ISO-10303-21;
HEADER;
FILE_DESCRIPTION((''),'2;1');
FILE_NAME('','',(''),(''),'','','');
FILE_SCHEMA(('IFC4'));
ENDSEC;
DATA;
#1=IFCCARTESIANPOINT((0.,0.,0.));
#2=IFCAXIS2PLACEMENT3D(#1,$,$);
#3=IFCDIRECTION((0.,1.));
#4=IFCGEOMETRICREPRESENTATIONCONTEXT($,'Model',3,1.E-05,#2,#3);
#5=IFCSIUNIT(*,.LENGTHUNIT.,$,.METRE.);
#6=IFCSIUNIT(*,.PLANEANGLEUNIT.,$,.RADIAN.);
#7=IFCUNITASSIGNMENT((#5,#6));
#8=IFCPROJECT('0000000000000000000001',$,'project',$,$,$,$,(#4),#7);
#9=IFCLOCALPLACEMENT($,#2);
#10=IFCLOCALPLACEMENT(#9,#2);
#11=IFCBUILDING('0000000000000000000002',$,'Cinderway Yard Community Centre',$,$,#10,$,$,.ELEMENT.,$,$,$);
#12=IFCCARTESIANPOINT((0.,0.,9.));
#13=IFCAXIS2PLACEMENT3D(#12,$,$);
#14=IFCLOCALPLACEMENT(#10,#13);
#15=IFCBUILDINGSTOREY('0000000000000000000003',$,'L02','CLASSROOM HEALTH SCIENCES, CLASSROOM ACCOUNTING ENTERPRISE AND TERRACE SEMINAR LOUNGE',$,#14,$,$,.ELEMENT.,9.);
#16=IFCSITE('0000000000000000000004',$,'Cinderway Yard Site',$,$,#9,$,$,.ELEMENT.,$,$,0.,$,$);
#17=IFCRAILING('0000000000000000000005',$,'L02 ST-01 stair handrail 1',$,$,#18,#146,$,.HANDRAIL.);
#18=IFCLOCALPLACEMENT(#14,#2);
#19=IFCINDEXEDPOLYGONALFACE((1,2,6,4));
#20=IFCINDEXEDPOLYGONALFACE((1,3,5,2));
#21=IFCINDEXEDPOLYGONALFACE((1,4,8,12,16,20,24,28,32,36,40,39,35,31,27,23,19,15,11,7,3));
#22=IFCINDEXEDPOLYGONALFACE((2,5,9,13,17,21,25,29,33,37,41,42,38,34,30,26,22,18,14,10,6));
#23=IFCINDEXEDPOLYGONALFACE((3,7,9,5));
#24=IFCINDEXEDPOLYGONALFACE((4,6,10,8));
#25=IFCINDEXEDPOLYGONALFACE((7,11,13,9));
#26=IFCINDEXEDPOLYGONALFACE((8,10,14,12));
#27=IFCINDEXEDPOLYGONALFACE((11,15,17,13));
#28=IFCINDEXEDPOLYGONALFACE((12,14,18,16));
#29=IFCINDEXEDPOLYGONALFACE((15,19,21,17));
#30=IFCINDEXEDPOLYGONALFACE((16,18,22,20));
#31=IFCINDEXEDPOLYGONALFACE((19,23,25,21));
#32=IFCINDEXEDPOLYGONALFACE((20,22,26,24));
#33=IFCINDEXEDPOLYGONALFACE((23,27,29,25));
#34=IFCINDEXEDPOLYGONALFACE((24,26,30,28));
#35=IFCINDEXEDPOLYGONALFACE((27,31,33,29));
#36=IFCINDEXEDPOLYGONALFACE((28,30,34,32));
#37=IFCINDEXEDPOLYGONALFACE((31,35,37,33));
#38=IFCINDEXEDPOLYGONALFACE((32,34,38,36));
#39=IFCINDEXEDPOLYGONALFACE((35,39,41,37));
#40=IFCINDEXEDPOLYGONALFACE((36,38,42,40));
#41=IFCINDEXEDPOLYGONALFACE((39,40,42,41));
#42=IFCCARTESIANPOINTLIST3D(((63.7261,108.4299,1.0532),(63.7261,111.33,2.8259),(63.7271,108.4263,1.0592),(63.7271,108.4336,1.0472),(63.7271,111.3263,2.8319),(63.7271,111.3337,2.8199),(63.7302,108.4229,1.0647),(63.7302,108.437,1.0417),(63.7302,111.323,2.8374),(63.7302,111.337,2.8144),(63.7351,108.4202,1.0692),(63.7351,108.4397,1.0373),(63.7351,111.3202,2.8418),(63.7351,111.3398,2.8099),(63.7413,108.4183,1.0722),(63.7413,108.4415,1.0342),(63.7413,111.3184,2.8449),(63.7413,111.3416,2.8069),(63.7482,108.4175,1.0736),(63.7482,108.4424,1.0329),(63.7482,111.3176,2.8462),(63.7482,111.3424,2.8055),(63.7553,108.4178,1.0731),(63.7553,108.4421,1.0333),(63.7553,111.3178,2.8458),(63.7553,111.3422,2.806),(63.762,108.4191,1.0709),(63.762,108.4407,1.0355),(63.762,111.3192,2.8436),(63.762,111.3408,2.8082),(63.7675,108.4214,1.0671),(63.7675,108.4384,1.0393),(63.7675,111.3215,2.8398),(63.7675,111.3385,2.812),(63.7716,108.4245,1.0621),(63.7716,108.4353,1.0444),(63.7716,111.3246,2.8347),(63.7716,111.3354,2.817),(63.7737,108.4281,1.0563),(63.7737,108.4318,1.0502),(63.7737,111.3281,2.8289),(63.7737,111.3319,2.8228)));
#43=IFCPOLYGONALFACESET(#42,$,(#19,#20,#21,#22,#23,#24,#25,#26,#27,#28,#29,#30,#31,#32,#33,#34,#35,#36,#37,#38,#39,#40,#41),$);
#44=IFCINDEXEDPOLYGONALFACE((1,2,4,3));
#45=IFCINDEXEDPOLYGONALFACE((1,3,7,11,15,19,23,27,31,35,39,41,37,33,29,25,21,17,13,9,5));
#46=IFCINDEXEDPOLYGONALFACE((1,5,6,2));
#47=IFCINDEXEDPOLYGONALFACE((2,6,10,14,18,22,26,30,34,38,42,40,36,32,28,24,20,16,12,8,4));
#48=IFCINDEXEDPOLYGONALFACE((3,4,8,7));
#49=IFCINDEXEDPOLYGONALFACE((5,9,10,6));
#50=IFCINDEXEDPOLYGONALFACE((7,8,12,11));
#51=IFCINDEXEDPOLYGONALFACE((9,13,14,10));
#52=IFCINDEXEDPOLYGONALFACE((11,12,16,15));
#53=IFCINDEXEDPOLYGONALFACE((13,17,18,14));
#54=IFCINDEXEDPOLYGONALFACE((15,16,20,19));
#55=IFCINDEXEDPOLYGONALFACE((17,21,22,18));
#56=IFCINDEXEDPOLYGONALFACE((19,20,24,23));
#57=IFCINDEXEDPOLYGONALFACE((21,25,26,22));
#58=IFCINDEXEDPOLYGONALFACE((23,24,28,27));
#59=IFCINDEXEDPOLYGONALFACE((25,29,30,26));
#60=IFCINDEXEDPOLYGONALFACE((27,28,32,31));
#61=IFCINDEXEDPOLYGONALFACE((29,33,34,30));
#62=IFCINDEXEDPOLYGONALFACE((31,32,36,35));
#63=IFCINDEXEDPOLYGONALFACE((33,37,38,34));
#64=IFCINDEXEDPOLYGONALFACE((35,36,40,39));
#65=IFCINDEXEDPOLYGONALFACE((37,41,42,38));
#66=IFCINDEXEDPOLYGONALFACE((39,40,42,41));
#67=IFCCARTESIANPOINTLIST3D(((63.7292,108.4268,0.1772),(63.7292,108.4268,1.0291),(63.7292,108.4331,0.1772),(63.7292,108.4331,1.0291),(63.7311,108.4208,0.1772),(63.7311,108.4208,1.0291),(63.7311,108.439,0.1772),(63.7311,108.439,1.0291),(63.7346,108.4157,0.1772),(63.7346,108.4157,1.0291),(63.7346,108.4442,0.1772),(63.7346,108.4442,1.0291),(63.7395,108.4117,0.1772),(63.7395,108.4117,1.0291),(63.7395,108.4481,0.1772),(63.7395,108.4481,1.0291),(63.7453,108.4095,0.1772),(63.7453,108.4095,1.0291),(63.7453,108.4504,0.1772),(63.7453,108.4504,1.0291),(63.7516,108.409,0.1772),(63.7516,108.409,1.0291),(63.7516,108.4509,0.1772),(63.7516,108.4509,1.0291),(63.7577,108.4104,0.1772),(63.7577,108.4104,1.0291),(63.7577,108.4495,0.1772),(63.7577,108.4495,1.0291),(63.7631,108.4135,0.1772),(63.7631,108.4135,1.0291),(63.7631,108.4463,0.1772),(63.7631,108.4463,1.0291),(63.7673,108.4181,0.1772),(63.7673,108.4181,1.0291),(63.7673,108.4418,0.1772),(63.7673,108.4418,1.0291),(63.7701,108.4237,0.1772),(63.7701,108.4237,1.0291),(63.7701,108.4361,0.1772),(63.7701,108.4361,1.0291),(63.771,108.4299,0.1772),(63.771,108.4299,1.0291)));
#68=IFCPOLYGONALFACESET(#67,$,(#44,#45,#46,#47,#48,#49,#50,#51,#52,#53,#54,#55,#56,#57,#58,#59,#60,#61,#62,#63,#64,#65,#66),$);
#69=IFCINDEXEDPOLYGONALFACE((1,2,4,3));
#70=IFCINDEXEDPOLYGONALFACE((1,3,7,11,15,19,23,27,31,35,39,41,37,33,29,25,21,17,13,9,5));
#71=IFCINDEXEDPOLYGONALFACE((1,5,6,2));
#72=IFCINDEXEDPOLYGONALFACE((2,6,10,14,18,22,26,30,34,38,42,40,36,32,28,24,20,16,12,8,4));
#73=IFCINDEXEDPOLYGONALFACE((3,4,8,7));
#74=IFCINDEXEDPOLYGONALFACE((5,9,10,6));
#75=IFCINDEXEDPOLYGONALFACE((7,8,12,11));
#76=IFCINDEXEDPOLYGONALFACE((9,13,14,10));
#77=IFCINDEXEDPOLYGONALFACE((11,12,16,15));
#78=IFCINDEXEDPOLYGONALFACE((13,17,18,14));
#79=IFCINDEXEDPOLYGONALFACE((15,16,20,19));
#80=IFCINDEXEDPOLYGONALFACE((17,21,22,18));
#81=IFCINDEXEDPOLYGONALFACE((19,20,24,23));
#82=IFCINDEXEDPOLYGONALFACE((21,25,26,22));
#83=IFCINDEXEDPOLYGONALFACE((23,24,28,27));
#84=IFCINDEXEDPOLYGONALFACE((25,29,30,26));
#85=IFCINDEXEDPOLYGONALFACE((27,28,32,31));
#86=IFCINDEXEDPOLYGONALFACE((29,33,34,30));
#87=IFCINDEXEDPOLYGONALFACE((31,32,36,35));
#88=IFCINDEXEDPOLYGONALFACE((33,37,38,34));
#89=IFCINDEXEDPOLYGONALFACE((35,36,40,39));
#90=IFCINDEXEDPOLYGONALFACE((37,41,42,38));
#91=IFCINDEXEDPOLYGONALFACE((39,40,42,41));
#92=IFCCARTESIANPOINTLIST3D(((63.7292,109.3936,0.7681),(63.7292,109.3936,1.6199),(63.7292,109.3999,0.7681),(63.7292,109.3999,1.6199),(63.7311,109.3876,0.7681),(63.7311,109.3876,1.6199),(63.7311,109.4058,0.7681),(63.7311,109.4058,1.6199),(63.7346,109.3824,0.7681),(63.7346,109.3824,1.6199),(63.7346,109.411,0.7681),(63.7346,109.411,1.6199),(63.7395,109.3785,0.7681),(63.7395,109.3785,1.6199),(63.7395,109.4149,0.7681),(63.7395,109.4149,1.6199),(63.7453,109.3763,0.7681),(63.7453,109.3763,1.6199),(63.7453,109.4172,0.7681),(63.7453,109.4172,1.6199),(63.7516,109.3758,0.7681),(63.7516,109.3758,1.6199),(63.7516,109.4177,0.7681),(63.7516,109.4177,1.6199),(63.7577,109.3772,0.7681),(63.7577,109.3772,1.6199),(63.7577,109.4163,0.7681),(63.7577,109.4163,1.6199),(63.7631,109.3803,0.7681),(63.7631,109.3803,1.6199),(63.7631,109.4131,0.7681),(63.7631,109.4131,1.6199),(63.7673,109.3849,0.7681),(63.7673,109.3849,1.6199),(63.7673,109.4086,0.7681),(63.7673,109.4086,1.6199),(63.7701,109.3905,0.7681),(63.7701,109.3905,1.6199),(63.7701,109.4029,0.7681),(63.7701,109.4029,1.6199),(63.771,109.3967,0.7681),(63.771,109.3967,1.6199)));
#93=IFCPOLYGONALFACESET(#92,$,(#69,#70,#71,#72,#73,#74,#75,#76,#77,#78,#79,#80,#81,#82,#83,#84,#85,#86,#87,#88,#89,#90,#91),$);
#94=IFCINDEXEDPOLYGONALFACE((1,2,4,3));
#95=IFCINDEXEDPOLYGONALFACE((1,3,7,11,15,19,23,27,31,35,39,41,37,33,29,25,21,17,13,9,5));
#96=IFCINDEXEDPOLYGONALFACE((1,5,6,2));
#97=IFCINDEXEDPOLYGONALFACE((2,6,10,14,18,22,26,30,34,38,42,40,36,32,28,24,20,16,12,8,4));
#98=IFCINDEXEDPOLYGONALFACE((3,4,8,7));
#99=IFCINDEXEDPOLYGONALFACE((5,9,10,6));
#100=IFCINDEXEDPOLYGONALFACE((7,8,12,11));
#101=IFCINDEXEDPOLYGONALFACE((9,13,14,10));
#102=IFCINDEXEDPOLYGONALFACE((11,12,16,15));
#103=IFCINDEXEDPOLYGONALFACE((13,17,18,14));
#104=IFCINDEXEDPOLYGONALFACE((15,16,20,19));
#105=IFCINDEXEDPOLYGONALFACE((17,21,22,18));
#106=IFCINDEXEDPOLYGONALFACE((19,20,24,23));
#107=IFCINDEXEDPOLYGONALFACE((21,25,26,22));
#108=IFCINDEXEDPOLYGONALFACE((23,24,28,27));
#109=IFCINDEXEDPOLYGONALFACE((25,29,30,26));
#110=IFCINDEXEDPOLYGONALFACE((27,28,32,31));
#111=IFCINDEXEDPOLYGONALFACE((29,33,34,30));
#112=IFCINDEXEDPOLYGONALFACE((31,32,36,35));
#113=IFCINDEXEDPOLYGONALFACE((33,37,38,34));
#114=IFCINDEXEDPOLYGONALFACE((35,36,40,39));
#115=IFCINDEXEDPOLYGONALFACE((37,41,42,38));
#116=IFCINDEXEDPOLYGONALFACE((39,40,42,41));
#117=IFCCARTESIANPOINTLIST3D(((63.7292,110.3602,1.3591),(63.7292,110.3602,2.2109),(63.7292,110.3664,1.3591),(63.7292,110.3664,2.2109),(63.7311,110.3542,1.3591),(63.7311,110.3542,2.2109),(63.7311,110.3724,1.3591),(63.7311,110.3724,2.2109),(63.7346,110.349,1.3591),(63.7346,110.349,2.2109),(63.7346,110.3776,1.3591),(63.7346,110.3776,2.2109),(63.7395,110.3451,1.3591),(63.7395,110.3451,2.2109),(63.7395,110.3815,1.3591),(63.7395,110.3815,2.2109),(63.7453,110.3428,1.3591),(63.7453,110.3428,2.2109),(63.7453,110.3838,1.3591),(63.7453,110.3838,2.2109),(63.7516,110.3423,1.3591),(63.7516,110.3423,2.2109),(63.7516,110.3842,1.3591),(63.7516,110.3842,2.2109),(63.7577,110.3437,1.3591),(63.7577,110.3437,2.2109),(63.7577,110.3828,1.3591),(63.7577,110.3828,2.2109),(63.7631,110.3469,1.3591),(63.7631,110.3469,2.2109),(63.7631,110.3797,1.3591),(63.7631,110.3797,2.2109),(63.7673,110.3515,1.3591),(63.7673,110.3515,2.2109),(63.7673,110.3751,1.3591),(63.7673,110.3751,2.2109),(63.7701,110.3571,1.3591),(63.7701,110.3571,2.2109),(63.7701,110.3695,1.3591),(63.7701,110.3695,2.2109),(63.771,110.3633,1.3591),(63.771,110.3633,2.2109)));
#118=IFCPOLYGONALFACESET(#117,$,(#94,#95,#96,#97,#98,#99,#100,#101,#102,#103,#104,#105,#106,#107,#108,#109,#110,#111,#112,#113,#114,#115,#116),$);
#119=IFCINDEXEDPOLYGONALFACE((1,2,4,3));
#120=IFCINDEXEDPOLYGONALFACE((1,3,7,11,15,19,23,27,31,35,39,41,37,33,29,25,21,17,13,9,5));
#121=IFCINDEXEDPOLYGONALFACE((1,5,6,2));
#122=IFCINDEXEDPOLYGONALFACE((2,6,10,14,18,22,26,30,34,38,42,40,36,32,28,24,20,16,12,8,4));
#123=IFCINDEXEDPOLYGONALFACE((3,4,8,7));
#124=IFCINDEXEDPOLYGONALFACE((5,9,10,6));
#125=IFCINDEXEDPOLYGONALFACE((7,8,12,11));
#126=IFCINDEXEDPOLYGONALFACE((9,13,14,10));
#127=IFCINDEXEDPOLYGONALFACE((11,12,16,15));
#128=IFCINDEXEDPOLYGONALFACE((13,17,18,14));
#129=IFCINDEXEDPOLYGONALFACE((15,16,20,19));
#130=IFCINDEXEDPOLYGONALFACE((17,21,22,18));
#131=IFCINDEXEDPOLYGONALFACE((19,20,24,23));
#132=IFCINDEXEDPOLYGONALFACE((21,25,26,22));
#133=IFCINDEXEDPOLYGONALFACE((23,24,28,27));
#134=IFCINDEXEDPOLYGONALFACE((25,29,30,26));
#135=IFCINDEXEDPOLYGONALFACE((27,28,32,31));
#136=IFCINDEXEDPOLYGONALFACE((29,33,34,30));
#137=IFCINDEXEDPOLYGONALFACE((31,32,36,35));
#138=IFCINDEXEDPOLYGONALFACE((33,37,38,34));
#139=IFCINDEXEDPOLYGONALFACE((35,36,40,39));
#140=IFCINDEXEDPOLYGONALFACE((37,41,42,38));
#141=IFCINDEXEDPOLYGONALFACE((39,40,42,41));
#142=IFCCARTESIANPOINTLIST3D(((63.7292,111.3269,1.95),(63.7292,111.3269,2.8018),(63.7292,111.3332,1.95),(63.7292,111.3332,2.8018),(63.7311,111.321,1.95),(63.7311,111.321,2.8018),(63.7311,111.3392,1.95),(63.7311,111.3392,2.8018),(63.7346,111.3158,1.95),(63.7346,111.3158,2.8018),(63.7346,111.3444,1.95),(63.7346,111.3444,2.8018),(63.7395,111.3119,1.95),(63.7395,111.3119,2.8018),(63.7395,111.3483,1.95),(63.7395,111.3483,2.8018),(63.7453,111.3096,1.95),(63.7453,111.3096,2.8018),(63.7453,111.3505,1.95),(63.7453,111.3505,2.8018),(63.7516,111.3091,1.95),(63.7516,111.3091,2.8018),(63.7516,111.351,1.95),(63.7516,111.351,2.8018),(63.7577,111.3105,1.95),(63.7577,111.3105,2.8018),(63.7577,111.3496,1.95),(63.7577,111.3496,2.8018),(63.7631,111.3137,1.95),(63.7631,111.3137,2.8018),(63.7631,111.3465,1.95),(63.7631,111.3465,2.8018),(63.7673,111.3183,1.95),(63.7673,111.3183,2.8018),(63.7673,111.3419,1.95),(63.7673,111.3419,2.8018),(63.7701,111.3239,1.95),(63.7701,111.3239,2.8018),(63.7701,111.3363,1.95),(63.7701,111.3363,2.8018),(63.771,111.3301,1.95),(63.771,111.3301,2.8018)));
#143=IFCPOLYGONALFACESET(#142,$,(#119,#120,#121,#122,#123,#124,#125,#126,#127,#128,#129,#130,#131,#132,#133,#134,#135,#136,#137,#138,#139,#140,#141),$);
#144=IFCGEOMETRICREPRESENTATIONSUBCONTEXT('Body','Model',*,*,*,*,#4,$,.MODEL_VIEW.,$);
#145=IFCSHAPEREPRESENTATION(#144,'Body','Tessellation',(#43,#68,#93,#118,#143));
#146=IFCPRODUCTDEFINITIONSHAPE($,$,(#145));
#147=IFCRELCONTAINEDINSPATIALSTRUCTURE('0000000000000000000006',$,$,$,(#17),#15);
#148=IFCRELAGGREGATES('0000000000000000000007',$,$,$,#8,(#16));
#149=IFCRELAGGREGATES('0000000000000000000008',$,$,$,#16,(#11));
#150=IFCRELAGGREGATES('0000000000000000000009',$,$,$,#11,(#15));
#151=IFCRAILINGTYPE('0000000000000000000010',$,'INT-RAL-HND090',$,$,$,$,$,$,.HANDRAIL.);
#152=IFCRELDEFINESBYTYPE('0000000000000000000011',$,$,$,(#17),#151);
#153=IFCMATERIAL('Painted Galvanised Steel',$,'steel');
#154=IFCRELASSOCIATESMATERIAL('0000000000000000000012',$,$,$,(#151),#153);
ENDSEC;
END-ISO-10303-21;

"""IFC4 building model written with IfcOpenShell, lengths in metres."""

from ifc_helpers import new_model, si_unit, direction, frame, origin, origin_2d, place, context, subcontext, project, spatial, circle, extrude, material, type_object, element, save


model = new_model("IFC4")

# Units and contexts
model_context = context("Model", 3, precision=1e-05, world=origin(), true_north=direction((0.0, 1.0)))
body_context = subcontext(model_context, "Body", "Model", "MODEL_VIEW")
ifc_project = project(units=[si_unit("LENGTHUNIT", "METRE"), si_unit("PLANEANGLEUNIT", "RADIAN")], contexts=[model_context])

# Site, building, storey
site_placement = place(None, origin())
site = spatial("IfcSite", under=ifc_project, at=site_placement, Name="Cinderway Yard Site", CompositionType="ELEMENT", RefElevation=0.0)
building_placement = place(site_placement, origin())
building = spatial("IfcBuilding", under=site, at=building_placement, Name="Cinderway Yard Community Centre", CompositionType="ELEMENT")
storey_placement = place(building_placement, frame((0.0, 0.0, 9.0)))
storey = spatial("IfcBuildingStorey", under=building, at=storey_placement, Name="L02", Description="CLASSROOM HEALTH SCIENCES, CLASSROOM ACCOUNTING ENTERPRISE AND TERRACE SEMINAR LOUNGE", CompositionType="ELEMENT", Elevation=9.0)

# Shared definitions
ifc_material_1 = material(Name="Painted Galvanised Steel", Category="steel")

# Railing
railing_type_1 = type_object("IfcRailingType", Name="INT-RAL-HND090", PredefinedType="HANDRAIL", material=ifc_material_1)
railing_1_placement = place(storey_placement, frame((63.75, 108.4299, 0.1772)))
element("IfcRailing", 1, at=railing_1_placement, inside=storey, type_object=railing_type_1, Name="L02 ST-01 stair handrail 1", PredefinedType="HANDRAIL", context=body_context, shape_type="SweptSolid", body=[
    extrude(circle(Radius=0.0239, at=origin_2d()), frame((0.0, 0.0, 0.876), z_axis=(0.0, 0.85323, 0.521534), x_axis=(-1.0, 0.0, 0.0)), (0.0, 0.0, 1.0), 3.3989),
    extrude(circle(Radius=0.021, at=origin_2d()), origin(), (0.0, 0.0, 1.0), 0.8518),
    extrude(circle(Radius=0.021, at=origin_2d()), frame((0.0, 0.9668, 0.5908)), (0.0, 0.0, 1.0), 0.8518),
    extrude(circle(Radius=0.021, at=origin_2d()), frame((0.0, 1.9333, 1.1819)), (0.0, 0.0, 1.0), 0.8518),
    extrude(circle(Radius=0.021, at=origin_2d()), frame((0.0, 2.9001, 1.7727)), (0.0, 0.0, 1.0), 0.8518),
])

save(model, "model.ifc")
